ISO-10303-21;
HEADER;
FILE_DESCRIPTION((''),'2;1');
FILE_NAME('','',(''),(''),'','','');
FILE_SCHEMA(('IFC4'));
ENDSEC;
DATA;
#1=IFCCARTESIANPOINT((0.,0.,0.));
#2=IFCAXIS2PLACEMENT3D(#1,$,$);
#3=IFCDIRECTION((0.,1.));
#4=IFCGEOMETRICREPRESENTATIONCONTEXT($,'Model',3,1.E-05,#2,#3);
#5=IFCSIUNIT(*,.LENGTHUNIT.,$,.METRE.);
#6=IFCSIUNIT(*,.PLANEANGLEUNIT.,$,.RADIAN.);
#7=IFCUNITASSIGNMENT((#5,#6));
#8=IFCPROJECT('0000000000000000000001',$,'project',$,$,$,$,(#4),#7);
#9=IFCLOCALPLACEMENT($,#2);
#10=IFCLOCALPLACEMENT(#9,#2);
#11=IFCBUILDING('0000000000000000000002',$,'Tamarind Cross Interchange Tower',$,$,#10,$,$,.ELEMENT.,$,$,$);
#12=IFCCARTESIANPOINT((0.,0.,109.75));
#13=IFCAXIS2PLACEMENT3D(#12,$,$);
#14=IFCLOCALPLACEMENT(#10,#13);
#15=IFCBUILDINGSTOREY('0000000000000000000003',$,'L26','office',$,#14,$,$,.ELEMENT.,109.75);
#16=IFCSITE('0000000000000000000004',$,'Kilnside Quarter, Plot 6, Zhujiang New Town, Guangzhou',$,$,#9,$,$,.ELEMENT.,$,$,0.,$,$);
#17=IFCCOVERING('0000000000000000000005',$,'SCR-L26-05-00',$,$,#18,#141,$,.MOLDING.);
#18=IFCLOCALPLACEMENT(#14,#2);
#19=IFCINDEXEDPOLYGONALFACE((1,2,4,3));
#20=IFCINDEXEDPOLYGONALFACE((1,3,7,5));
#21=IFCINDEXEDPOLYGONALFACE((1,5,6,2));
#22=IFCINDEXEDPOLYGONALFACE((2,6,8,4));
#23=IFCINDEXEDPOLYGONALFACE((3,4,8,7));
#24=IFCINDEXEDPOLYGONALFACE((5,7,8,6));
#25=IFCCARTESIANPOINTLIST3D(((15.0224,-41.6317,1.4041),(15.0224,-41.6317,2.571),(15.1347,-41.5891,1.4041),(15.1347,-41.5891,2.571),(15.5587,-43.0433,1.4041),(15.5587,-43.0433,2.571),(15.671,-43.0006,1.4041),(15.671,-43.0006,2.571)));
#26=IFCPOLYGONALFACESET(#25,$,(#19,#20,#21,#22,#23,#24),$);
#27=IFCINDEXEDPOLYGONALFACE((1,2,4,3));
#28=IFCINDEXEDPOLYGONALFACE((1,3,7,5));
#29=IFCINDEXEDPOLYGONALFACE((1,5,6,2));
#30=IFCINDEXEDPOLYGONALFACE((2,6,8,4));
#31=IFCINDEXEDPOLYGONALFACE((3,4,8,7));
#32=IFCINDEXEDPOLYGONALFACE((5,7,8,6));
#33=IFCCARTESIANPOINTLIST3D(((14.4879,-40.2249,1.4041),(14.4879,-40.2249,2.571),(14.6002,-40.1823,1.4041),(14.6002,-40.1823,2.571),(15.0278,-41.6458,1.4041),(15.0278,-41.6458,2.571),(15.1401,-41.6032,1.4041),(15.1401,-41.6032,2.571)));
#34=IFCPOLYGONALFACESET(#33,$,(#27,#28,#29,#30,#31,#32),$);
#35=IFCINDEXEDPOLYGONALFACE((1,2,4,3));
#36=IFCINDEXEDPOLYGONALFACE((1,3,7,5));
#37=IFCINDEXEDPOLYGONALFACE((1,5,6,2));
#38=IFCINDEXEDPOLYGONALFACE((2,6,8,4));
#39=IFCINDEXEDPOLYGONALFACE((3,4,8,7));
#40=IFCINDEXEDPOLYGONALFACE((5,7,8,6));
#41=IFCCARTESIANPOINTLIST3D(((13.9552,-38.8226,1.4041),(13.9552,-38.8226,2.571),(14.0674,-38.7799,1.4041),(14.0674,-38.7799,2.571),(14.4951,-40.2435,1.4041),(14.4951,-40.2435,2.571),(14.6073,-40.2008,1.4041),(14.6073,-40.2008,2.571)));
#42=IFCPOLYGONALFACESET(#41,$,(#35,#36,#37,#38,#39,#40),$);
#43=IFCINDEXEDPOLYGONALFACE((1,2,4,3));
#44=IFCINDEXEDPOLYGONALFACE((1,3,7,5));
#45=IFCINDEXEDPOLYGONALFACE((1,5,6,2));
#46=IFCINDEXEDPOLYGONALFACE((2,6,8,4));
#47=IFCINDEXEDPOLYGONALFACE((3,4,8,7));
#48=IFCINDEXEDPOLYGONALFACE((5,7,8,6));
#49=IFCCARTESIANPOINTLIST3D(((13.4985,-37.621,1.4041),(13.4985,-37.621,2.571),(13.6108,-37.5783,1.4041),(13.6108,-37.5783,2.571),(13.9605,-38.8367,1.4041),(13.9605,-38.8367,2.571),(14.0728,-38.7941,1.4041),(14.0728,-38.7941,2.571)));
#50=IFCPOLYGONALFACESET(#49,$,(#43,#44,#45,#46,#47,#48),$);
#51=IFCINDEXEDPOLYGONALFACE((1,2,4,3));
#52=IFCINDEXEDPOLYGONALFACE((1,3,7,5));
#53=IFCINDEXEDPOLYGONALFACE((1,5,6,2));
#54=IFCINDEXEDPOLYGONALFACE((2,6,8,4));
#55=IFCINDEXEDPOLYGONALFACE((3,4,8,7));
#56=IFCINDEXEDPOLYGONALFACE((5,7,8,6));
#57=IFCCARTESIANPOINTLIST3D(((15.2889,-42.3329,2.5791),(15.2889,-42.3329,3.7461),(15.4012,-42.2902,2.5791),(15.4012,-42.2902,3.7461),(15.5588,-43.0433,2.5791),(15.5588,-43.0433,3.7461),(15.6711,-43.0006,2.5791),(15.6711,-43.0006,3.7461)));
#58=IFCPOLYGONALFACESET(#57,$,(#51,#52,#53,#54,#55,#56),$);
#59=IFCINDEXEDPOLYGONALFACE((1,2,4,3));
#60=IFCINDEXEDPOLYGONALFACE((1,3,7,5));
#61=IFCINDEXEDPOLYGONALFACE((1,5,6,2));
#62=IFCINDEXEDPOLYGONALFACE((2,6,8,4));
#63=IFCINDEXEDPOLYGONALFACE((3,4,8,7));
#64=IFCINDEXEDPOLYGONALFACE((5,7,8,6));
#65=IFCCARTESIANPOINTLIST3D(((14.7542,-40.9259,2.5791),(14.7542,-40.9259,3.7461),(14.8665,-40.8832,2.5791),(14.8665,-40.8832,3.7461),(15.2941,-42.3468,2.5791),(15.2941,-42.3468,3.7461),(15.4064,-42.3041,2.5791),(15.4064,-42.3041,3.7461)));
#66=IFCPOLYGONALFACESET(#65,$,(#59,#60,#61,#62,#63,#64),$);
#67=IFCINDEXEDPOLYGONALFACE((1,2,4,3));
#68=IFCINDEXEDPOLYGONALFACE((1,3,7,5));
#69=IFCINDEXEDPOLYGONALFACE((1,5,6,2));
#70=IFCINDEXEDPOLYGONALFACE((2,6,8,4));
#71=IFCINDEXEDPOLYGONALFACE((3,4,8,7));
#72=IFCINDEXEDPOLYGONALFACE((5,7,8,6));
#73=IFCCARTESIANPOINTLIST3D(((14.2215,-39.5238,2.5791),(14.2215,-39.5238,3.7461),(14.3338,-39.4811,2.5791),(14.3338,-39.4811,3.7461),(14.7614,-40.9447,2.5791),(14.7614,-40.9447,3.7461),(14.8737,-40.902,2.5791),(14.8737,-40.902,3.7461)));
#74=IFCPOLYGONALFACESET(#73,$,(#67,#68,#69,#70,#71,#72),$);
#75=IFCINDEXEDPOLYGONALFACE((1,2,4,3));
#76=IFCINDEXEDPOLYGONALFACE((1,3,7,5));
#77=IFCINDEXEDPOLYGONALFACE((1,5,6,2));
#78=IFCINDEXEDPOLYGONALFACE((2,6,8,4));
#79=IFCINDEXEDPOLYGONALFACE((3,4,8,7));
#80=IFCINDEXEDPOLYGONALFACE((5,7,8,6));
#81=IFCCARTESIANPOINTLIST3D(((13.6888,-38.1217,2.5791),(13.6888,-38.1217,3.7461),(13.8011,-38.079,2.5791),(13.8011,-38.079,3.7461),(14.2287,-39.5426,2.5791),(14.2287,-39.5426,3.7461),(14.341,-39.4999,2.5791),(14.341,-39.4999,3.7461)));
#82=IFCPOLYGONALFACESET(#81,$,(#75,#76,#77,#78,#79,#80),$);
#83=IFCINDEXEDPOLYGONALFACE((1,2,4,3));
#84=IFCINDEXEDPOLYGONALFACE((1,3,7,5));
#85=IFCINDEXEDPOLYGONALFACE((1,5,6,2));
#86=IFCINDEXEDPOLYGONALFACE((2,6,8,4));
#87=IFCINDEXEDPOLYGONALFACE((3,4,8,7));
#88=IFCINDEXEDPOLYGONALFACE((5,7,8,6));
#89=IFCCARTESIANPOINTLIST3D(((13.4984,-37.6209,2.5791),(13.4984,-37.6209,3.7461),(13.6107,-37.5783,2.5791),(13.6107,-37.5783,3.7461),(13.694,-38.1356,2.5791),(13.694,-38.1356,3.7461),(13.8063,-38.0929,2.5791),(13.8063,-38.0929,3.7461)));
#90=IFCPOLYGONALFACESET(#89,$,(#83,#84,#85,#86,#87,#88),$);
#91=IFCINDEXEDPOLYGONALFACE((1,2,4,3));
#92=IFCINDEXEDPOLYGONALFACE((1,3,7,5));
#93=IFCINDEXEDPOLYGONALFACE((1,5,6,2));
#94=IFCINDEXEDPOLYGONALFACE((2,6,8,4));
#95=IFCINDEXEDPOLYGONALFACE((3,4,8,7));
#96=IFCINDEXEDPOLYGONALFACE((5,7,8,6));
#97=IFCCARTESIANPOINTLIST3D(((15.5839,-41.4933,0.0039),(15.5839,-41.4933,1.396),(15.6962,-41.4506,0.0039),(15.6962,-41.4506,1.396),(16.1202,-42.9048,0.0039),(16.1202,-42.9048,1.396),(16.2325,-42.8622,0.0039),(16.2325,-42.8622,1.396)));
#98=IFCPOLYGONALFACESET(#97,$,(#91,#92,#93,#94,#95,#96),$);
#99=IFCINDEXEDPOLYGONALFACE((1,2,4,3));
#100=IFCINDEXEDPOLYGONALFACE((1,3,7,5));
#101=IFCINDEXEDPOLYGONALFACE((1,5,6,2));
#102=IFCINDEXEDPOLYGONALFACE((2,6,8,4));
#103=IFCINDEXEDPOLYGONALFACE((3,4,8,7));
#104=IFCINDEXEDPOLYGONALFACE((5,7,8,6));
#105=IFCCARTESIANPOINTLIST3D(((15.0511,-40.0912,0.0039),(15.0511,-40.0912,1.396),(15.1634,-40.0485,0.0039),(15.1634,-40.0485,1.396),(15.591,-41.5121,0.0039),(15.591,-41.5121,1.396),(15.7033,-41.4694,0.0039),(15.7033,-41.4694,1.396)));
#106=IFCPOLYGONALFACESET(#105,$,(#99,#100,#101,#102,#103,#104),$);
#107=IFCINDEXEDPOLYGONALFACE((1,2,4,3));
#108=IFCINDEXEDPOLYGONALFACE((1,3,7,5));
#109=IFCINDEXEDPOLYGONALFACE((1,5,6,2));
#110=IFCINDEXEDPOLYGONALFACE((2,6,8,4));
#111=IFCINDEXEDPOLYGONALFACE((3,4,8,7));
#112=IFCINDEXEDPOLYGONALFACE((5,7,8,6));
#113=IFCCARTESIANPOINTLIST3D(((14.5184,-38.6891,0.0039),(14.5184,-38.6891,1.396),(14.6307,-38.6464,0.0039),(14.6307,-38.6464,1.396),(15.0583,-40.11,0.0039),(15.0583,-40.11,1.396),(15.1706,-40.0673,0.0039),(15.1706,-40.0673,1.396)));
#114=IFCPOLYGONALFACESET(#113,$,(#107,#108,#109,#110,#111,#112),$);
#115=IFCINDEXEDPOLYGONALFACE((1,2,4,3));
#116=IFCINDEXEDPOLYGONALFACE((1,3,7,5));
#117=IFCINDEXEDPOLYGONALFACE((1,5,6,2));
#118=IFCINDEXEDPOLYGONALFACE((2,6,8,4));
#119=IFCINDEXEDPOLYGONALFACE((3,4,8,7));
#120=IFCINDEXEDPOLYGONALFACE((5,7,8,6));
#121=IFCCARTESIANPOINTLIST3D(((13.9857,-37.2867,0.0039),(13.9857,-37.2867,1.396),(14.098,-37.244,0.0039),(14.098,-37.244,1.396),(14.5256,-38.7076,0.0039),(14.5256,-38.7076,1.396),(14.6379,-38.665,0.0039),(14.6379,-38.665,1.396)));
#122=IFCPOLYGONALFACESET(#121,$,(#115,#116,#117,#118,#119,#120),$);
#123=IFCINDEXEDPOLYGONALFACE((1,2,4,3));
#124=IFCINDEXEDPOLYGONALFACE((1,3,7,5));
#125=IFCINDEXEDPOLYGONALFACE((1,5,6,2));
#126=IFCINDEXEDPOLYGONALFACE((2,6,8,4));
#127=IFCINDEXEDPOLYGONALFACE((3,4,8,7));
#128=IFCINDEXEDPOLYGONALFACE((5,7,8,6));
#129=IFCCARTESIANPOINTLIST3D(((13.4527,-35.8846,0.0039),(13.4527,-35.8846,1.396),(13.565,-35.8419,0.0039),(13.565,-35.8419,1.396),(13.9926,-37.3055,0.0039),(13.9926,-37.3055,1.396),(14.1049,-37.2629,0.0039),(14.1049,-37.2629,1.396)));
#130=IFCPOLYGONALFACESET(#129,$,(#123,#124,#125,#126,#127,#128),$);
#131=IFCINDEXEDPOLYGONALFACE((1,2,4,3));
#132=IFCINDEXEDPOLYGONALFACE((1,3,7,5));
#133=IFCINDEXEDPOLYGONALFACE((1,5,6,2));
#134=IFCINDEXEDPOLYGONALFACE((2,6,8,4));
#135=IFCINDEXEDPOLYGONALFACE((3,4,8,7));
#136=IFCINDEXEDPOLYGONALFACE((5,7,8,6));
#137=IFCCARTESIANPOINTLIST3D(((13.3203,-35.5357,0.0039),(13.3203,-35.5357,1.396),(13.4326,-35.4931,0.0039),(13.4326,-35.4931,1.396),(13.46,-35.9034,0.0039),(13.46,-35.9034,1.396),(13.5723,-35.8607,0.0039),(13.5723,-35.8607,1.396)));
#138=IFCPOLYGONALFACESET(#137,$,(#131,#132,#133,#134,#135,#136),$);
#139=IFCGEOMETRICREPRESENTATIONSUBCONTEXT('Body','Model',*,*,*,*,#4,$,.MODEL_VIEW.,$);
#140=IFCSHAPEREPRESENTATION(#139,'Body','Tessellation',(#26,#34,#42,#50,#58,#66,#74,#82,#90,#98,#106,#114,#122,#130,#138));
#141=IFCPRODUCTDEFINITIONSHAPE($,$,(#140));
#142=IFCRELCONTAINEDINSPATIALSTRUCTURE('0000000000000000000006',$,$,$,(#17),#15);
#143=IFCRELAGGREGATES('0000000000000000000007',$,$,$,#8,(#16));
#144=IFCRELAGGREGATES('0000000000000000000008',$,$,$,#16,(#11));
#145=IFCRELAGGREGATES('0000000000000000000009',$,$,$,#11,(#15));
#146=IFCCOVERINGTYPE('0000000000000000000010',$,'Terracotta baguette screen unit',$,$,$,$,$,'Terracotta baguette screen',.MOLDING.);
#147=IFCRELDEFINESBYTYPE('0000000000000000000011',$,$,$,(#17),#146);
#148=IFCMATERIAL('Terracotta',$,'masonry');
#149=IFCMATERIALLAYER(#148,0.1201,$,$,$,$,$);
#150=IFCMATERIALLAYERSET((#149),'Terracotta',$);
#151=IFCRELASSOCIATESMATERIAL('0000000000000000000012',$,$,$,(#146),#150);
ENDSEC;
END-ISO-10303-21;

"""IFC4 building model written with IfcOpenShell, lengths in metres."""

from ifc_helpers import new_model, si_unit, direction, frame, origin, origin_2d, place, context, subcontext, project, spatial, rectangle, extrude, material, layer, layer_set, type_object, element, save


model = new_model("IFC4")

# Units and contexts
model_context = context("Model", 3, precision=1e-05, world=origin(), true_north=direction((0.0, 1.0)))
body_context = subcontext(model_context, "Body", "Model", "MODEL_VIEW")
ifc_project = project(units=[si_unit("LENGTHUNIT", "METRE"), si_unit("PLANEANGLEUNIT", "RADIAN")], contexts=[model_context])

# Site, building, storey
site_placement = place(None, origin())
site = spatial("IfcSite", under=ifc_project, at=site_placement, Name="Kilnside Quarter, Plot 6, Zhujiang New Town, Guangzhou", CompositionType="ELEMENT", RefElevation=0.0)
building_placement = place(site_placement, origin())
building = spatial("IfcBuilding", under=site, at=building_placement, Name="Tamarind Cross Interchange Tower", CompositionType="ELEMENT")
storey_placement = place(building_placement, frame((0.0, 0.0, 109.75)))
storey = spatial("IfcBuildingStorey", under=building, at=storey_placement, Name="L26", Description="office", CompositionType="ELEMENT", Elevation=109.75)

# Covering
ifc_material_1 = material(Name="Terracotta", Category="masonry")
ifc_layer_1 = layer(ifc_material_1, 0.1201)
ifc_layer_set_1 = layer_set([ifc_layer_1], Name="Terracotta")
covering_type = type_object("IfcCoveringType", Name="Terracotta baguette screen unit", ElementType="Terracotta baguette screen", PredefinedType="MOLDING", material=ifc_layer_set_1)
covering_1_placement = place(storey_placement, origin())
element("IfcCovering", 1, at=covering_1_placement, inside=storey, type_object=covering_type, Name="SCR-L26-05-00", PredefinedType="MOLDING", context=body_context, shape_type="SweptSolid", body=[
    extrude(rectangle(XDim=1.51, YDim=0.1201, at=origin_2d()), frame((15.3467, -42.3162, 1.4041), z_axis=(0.0, 0.0, 1.0), x_axis=(-0.355186, 0.934796, 0.0)), (0.0, 0.0, 1.0), 1.167),
    extrude(rectangle(XDim=1.52, YDim=0.1201, at=origin_2d()), frame((14.814, -40.9141, 1.4041), z_axis=(0.0, 0.0, 1.0), x_axis=(-0.355186, 0.934796, 0.0)), (0.0, 0.0, 1.0), 1.167),
    extrude(rectangle(XDim=1.52, YDim=0.1201, at=origin_2d()), frame((14.2812, -39.5117, 1.4041), z_axis=(0.0, 0.0, 1.0), x_axis=(-0.355186, 0.934796, 0.0)), (0.0, 0.0, 1.0), 1.167),
    extrude(rectangle(XDim=1.3005, YDim=0.1201, at=origin_2d()), frame((13.7856, -38.2075, 1.4041), z_axis=(0.0, 0.0, 1.0), x_axis=(-0.355186, 0.934796, 0.0)), (0.0, 0.0, 1.0), 1.167),
    extrude(rectangle(XDim=0.76, YDim=0.1201, at=origin_2d()), frame((15.48, -42.6667, 2.5791), z_axis=(0.0, 0.0, 1.0), x_axis=(-0.355186, 0.934796, 0.0)), (0.0, 0.0, 1.0), 1.167),
    extrude(rectangle(XDim=1.52, YDim=0.1201, at=origin_2d()), frame((15.0803, -41.615, 2.5791), z_axis=(0.0, 0.0, 1.0), x_axis=(-0.355186, 0.934796, 0.0)), (0.0, 0.0, 1.0), 1.167),
    extrude(rectangle(XDim=1.52, YDim=0.1201, at=origin_2d()), frame((14.5476, -40.2129, 2.5791), z_axis=(0.0, 0.0, 1.0), x_axis=(-0.355186, 0.934796, 0.0)), (0.0, 0.0, 1.0), 1.167),
    extrude(rectangle(XDim=1.52, YDim=0.1201, at=origin_2d()), frame((14.0149, -38.8108, 2.5791), z_axis=(0.0, 0.0, 1.0), x_axis=(-0.355186, 0.934796, 0.0)), (0.0, 0.0, 1.0), 1.167),
    extrude(rectangle(XDim=0.5505, YDim=0.1201, at=origin_2d()), frame((13.6523, -37.8569, 2.5791), z_axis=(0.0, 0.0, 1.0), x_axis=(-0.355186, 0.934796, 0.0)), (0.0, 0.0, 1.0), 1.167),
    extrude(rectangle(XDim=1.51, YDim=0.1201, at=origin_2d()), frame((15.9082, -42.1777, 0.0039), z_axis=(0.0, 0.0, 1.0), x_axis=(-0.355186, 0.934796, 0.0)), (0.0, 0.0, 1.0), 1.3921),
    extrude(rectangle(XDim=1.52, YDim=0.1201, at=origin_2d()), frame((15.3772, -40.7803, 0.0039), z_axis=(0.0, 0.0, 1.0), x_axis=(-0.355186, 0.934796, 0.0)), (0.0, 0.0, 1.0), 1.3921),
    extrude(rectangle(XDim=1.52, YDim=0.1201, at=origin_2d()), frame((14.8445, -39.3782, 0.0039), z_axis=(0.0, 0.0, 1.0), x_axis=(-0.355186, 0.934796, 0.0)), (0.0, 0.0, 1.0), 1.3921),
    extrude(rectangle(XDim=1.52, YDim=0.1201, at=origin_2d()), frame((14.3118, -37.9758, 0.0039), z_axis=(0.0, 0.0, 1.0), x_axis=(-0.355186, 0.934796, 0.0)), (0.0, 0.0, 1.0), 1.3921),
    extrude(rectangle(XDim=1.52, YDim=0.1201, at=origin_2d()), frame((13.7788, -36.5737, 0.0039), z_axis=(0.0, 0.0, 1.0), x_axis=(-0.355186, 0.934796, 0.0)), (0.0, 0.0, 1.0), 1.3921),
    extrude(rectangle(XDim=0.3933, YDim=0.1201, at=origin_2d()), frame((13.4463, -35.6982, 0.0039), z_axis=(0.0, 0.0, 1.0), x_axis=(-0.355186, 0.934796, 0.0)), (0.0, 0.0, 1.0), 1.3921),
])

save(model, "model.ifc")
